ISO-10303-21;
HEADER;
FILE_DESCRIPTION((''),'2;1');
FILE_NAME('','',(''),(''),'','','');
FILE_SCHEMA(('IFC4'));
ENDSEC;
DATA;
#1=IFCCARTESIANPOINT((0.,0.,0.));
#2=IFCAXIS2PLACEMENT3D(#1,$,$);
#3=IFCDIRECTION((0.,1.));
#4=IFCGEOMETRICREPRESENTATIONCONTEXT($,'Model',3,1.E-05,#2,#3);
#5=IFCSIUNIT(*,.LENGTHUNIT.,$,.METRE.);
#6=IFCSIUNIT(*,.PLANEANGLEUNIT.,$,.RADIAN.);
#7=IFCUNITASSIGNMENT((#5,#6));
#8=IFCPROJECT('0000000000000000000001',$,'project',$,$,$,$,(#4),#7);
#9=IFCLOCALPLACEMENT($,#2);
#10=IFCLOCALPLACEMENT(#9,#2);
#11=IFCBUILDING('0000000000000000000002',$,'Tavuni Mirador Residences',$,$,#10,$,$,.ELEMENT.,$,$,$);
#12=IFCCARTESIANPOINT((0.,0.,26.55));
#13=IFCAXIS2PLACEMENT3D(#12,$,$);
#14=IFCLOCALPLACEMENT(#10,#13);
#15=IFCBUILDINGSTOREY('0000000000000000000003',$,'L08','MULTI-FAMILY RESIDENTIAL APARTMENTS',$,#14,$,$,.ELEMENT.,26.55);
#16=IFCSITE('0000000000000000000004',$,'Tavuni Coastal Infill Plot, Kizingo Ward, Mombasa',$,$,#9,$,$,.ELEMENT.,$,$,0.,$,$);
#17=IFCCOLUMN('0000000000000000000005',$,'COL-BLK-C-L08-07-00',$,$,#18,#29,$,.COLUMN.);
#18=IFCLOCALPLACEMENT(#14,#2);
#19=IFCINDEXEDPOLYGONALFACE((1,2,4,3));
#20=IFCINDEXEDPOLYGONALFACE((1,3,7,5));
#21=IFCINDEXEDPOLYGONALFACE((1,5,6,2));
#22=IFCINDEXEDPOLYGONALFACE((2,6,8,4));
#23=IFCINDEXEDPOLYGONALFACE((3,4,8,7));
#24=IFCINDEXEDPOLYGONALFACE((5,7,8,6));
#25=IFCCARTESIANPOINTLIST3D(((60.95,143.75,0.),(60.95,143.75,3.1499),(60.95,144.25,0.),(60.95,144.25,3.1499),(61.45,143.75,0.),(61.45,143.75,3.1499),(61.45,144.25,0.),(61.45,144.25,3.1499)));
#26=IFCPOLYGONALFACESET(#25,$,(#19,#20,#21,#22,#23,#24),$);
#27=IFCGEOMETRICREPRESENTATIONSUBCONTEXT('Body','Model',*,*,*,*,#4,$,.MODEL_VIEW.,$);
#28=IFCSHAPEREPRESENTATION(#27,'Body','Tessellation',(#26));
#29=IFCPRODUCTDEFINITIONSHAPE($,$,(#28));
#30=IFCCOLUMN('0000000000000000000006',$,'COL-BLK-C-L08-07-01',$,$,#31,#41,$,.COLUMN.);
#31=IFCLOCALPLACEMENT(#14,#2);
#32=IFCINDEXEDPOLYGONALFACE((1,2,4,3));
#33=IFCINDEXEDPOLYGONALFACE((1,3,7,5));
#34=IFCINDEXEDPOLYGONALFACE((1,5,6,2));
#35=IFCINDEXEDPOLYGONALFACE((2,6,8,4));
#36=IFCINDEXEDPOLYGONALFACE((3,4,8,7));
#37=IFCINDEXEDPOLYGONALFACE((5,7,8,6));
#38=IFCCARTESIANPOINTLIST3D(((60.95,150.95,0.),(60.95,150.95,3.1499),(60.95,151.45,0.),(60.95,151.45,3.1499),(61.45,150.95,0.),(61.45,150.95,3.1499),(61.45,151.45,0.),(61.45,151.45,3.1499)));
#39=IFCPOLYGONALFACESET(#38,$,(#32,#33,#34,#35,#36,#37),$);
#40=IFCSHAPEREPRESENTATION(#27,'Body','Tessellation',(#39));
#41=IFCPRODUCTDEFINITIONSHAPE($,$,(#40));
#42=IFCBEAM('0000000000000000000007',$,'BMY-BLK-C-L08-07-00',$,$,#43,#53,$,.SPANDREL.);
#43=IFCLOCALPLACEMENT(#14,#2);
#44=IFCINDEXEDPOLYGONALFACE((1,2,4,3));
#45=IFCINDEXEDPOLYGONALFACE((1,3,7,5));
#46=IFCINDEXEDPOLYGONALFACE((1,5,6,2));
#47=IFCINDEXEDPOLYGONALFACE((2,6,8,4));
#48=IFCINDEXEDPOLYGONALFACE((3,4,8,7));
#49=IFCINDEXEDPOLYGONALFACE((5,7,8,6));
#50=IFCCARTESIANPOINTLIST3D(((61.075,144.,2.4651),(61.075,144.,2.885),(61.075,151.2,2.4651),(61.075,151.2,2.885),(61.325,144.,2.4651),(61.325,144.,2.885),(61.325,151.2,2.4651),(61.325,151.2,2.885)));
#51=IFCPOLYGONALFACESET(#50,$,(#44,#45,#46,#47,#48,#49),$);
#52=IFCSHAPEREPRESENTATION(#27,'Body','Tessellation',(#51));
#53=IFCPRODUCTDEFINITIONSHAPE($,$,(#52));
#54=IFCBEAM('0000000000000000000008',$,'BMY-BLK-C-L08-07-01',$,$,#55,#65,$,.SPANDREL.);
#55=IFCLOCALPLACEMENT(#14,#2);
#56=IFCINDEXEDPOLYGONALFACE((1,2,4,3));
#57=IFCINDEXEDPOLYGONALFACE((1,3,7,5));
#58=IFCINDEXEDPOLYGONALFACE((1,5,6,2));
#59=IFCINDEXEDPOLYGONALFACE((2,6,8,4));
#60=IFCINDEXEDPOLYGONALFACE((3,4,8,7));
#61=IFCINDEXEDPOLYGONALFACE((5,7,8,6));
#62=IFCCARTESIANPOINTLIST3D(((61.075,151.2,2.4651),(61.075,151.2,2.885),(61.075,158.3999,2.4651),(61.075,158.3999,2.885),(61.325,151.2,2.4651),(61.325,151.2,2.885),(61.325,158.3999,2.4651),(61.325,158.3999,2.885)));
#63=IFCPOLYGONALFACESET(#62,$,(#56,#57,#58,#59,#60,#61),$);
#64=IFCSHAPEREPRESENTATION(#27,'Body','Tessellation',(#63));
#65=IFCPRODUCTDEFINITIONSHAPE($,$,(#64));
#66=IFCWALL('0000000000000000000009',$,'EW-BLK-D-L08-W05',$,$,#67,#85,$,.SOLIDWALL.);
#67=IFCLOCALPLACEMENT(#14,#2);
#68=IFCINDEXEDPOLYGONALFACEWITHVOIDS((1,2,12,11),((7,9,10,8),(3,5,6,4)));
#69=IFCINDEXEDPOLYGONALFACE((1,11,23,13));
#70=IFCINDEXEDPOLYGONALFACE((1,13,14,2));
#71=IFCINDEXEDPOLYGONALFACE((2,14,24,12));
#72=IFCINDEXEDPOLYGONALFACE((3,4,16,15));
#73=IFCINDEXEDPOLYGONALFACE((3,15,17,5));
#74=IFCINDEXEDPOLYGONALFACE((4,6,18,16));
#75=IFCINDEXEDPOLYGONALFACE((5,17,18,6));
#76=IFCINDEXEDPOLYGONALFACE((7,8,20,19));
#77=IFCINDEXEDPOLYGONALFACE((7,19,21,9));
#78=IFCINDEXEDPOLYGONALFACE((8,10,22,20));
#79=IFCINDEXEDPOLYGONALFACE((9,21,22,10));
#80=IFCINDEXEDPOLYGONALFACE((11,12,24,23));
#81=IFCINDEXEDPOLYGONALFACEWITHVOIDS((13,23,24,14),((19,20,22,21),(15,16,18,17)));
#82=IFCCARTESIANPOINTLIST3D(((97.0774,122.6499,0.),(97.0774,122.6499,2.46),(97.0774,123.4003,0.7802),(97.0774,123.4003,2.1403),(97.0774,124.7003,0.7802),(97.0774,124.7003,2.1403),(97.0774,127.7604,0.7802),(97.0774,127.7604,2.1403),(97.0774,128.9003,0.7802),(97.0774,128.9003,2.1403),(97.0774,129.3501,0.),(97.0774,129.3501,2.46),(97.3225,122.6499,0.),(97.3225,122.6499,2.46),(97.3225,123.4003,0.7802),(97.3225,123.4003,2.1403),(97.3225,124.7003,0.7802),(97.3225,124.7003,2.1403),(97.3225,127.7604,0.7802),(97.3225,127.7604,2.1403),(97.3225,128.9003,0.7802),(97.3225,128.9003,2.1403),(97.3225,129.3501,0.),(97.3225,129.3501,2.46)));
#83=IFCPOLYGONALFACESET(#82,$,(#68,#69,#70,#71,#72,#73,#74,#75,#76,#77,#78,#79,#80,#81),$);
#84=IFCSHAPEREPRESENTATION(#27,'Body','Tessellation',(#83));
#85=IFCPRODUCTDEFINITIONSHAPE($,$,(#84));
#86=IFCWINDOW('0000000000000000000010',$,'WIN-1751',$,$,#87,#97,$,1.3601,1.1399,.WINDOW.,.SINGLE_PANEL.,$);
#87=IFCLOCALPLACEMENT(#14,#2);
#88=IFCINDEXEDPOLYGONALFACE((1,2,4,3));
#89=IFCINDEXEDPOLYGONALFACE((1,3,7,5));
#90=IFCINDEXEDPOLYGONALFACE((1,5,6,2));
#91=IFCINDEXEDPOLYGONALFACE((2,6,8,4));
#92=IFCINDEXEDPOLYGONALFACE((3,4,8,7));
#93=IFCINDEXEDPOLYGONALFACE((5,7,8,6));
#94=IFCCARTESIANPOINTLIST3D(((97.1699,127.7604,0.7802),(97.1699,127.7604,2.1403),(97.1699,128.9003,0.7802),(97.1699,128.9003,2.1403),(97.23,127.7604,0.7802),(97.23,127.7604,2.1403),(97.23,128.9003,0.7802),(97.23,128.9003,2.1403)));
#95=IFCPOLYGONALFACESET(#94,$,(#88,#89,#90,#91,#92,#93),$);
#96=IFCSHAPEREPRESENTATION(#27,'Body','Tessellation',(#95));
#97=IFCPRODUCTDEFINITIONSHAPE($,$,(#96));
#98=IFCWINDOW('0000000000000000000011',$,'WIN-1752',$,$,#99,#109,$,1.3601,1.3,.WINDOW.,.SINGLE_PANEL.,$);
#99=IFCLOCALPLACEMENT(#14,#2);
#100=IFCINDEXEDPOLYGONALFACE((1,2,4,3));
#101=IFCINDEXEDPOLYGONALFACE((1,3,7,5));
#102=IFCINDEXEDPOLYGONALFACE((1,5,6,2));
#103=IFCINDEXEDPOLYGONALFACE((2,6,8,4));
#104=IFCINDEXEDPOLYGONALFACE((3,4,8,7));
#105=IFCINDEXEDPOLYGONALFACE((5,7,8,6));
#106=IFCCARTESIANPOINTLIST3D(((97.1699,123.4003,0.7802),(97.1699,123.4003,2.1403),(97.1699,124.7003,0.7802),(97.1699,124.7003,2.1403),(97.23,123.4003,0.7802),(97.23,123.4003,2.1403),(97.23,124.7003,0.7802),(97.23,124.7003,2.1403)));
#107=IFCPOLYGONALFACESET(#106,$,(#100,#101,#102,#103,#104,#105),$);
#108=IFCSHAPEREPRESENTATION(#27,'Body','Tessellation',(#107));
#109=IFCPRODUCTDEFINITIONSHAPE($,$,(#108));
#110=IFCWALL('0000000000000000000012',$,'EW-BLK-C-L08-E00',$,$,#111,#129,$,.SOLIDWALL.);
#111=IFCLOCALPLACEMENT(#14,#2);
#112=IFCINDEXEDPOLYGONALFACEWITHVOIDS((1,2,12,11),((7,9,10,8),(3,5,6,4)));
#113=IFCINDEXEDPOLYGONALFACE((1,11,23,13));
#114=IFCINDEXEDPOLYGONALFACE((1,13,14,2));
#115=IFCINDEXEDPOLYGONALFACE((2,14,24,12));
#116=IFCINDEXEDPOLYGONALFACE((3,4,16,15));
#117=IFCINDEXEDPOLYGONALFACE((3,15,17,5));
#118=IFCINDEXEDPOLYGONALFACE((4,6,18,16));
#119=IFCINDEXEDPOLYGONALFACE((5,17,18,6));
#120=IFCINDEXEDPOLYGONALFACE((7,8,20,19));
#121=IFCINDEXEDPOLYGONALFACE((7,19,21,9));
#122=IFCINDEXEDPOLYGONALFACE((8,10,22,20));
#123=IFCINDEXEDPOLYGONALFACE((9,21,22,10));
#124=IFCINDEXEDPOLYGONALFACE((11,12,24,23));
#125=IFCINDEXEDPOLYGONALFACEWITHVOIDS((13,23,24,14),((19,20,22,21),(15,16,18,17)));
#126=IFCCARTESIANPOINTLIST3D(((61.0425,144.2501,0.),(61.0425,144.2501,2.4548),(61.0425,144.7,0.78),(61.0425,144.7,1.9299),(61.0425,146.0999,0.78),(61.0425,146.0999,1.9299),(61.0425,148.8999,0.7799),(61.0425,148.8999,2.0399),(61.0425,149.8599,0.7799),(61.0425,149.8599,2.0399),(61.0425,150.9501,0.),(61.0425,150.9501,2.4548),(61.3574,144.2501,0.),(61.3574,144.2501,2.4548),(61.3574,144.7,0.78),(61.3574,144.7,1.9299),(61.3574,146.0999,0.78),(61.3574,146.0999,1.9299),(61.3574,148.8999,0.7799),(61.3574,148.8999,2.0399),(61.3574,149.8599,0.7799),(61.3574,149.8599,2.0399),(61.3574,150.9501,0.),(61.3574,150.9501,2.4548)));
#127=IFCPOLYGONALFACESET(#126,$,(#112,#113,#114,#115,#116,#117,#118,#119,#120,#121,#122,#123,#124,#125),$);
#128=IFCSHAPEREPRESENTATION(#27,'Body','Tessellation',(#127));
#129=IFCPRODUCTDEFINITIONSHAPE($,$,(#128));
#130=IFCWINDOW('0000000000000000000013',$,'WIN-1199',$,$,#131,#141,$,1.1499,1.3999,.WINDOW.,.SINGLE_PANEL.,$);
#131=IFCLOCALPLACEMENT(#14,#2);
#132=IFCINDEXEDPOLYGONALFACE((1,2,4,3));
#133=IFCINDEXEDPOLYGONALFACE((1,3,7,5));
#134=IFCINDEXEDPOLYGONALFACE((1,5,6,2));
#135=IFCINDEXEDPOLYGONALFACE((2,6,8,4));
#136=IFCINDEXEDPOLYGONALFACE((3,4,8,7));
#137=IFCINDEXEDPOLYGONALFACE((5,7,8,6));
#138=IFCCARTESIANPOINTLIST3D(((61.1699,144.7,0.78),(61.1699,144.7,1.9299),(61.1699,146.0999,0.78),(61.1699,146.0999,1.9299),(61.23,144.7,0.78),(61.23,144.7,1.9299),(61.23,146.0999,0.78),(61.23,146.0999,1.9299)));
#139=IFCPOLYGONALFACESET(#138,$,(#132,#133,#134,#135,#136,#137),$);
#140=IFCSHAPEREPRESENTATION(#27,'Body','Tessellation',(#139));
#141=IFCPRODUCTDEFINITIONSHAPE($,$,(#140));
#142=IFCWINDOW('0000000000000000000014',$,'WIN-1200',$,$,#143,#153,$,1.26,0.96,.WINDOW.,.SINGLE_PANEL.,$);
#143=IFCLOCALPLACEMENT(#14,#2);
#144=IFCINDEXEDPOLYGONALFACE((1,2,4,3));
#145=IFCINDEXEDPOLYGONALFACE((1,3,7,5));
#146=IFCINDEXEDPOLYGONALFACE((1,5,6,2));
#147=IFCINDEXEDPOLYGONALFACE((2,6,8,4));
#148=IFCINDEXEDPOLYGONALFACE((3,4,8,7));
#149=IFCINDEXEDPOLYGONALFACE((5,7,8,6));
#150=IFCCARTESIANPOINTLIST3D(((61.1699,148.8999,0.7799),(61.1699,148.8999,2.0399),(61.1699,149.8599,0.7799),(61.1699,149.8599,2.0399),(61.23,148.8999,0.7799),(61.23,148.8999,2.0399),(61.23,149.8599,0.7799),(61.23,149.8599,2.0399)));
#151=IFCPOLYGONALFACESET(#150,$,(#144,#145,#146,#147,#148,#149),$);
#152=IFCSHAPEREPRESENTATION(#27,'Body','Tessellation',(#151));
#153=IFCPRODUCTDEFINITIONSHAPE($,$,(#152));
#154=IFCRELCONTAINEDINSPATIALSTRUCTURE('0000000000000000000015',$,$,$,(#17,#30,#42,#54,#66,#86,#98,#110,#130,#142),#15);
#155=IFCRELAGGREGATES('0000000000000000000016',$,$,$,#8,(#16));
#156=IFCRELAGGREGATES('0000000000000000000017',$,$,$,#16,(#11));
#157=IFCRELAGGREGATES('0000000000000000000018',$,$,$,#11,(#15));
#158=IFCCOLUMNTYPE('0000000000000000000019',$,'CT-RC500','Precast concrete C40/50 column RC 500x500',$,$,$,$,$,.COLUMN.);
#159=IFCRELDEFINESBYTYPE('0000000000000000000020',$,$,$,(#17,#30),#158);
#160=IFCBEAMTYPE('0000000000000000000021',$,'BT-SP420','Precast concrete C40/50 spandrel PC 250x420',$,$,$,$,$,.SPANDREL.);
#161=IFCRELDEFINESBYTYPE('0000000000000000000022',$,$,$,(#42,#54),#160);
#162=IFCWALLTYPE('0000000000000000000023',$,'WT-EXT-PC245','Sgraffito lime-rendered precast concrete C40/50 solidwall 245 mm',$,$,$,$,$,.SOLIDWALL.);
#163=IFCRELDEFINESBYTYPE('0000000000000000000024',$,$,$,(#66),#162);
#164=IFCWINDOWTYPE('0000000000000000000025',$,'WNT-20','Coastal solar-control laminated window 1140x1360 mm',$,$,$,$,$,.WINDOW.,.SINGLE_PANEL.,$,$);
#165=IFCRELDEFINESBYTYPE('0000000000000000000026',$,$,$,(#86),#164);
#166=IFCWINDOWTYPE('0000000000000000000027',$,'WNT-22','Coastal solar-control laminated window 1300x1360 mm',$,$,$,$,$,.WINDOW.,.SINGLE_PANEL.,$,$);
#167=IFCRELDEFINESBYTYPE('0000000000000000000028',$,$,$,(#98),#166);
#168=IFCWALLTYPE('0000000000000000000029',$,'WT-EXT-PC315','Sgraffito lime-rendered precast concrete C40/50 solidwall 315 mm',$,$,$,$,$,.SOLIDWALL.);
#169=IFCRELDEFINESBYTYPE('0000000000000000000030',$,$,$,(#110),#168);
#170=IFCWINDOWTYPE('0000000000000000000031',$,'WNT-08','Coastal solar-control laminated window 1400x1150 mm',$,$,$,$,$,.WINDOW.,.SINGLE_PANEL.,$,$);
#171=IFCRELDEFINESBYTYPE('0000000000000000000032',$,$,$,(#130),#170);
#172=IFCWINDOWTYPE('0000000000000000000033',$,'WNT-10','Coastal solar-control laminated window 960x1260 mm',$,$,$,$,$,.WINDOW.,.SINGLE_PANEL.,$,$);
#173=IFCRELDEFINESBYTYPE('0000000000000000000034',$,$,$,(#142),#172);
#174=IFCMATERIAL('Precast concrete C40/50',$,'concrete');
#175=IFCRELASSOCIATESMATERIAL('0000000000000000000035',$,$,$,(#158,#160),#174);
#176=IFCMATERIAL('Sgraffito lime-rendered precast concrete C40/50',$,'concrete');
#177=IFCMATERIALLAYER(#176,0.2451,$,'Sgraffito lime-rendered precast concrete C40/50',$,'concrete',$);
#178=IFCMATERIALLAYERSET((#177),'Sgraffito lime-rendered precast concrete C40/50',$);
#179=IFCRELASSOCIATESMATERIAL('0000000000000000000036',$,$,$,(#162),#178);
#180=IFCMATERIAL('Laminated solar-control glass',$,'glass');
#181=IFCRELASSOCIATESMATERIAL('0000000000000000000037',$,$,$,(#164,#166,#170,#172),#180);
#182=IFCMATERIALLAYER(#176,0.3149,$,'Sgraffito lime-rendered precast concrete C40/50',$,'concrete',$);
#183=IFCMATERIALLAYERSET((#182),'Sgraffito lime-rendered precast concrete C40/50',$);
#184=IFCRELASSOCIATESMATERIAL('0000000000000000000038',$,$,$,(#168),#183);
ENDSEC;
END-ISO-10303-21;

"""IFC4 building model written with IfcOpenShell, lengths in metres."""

from ifc_helpers import new_model, si_unit, direction, frame, frame_2d, origin, origin_2d, place, context, subcontext, project, spatial, rectangle, extrude, material, layer, layer_set, material_profile, profile_set, type_object, element, fill, save


model = new_model("IFC4")

# Units and contexts
model_context = context("Model", 3, precision=1e-05, world=origin(), true_north=direction((0.0, 1.0)))
body_context = subcontext(model_context, "Body", "Model", "MODEL_VIEW")
ifc_project = project(units=[si_unit("LENGTHUNIT", "METRE"), si_unit("PLANEANGLEUNIT", "RADIAN")], contexts=[model_context])

# Site, building, storey
site_placement = place(None, origin())
site = spatial("IfcSite", under=ifc_project, at=site_placement, Name="Tavuni Coastal Infill Plot, Kizingo Ward, Mombasa", CompositionType="ELEMENT", RefElevation=0.0)
building_placement = place(site_placement, origin())
building = spatial("IfcBuilding", under=site, at=building_placement, Name="Tavuni Mirador Residences", CompositionType="ELEMENT")
storey_placement = place(building_placement, frame((0.0, 0.0, 26.55)))
storey = spatial("IfcBuildingStorey", under=building, at=storey_placement, Name="L08", Description="MULTI-FAMILY RESIDENTIAL APARTMENTS", CompositionType="ELEMENT", Elevation=26.55)

# Columns
ifc_material_1 = material(Name="Precast concrete C40/50", Category="concrete")
ifc_material_profile_1 = material_profile(ifc_material_1, rectangle(XDim=0.5, YDim=0.5, at=origin_2d()), Name="RC 500x500", Category="concrete")
ifc_profile_set_1 = profile_set([ifc_material_profile_1], Name="Precast concrete C40/50")
column_type = type_object("IfcColumnType", Name="CT-RC500", Description="Precast concrete C40/50 column RC 500x500", PredefinedType="COLUMN", material=ifc_profile_set_1)
for number, where, z_axis, x_axis, name in (
    (1, (61.2, 144.0, 0.0), (0.0, 0.0, 1.0), (1.0, 0.0, 0.0), "COL-BLK-C-L08-07-00"),
    (2, (61.2, 151.2, 0.0), (0.0, 0.0, 1.0), (1.0, 0.0, 0.0), "COL-BLK-C-L08-07-01"),
):
    element("IfcColumn", number, at=place(storey_placement, frame(where, z_axis=z_axis, x_axis=x_axis)), inside=storey, type_object=column_type, Name=name, PredefinedType="COLUMN", context=body_context, shape_type="SweptSolid", body=[
        extrude(rectangle(XDim=0.5, YDim=0.5, at=origin_2d()), origin(), (0.0, 0.0, 1.0), 3.1499),
    ])

# Beams
ifc_material_profile_2 = material_profile(ifc_material_1, rectangle(XDim=0.25, YDim=0.4199, at=origin_2d()), Name="PC 250x420", Category="concrete")
ifc_profile_set_2 = profile_set([ifc_material_profile_2], Name="Precast concrete C40/50")
beam_type = type_object("IfcBeamType", Name="BT-SP420", Description="Precast concrete C40/50 spandrel PC 250x420", PredefinedType="SPANDREL", material=ifc_profile_set_2)
for number, where, z_axis, x_axis, name in (
    (3, (61.2, 144.0, 2.675), (0.0, 1.0, 0.0), (-1.0, 0.0, 0.0), "BMY-BLK-C-L08-07-00"),
    (4, (61.2, 151.2, 2.675), (0.0, 1.0, 0.0), (-1.0, 0.0, 0.0), "BMY-BLK-C-L08-07-01"),
):
    element("IfcBeam", number, at=place(storey_placement, frame(where, z_axis=z_axis, x_axis=x_axis)), inside=storey, type_object=beam_type, Name=name, PredefinedType="SPANDREL", context=body_context, shape_type="SweptSolid", body=[
        extrude(rectangle(XDim=0.25, YDim=0.4199, at=origin_2d()), origin(), (0.0, 0.0, 1.0), 7.2),
    ])

# Wall, openings, windows
ifc_material_2 = material(Name="Sgraffito lime-rendered precast concrete C40/50", Category="concrete")
ifc_layer_1 = layer(ifc_material_2, 0.2451, Name="Sgraffito lime-rendered precast concrete C40/50", Category="concrete")
ifc_layer_set_1 = layer_set([ifc_layer_1], Name="Sgraffito lime-rendered precast concrete C40/50")
wall_type_1 = type_object("IfcWallType", Name="WT-EXT-PC245", Description="Sgraffito lime-rendered precast concrete C40/50 solidwall 245 mm", PredefinedType="SOLIDWALL", material=ifc_layer_set_1)
wall_1_placement = place(storey_placement, frame((97.2, 129.3501, 0.0), z_axis=(0.0, 0.0, 1.0), x_axis=(0.0, -1.0, 0.0)))
wall_1 = element("IfcWall", 5, at=wall_1_placement, inside=storey, type_object=wall_type_1, Name="EW-BLK-D-L08-W05", PredefinedType="SOLIDWALL", context=body_context, shape_type="SweptSolid", body=[
    extrude(rectangle(XDim=6.7002, YDim=0.2451, at=frame_2d((3.3501, 0.0))), origin(), (0.0, 0.0, 1.0), 2.46),
])
opening_1_placement = place(wall_1_placement, frame((0.45, 0.0, 0.78)))
opening_1 = element("IfcOpeningElement", 6, at=opening_1_placement, cuts=wall_1, PredefinedType="OPENING", context=body_context, shape_type="SweptSolid", body=[
    extrude(rectangle(XDim=1.1399, YDim=1.3601, at=frame_2d((0.5698, 0.6802))), frame((0.0, 0.1326, 0.0), z_axis=(0.0, -1.0, 0.0), x_axis=(1.0, 0.0, 0.0)), (0.0, 0.0, 1.0), 0.2651),
])
opening_2_placement = place(wall_1_placement, frame((4.6499, 0.0, 0.78)))
opening_2 = element("IfcOpeningElement", 7, at=opening_2_placement, cuts=wall_1, PredefinedType="OPENING", context=body_context, shape_type="SweptSolid", body=[
    extrude(rectangle(XDim=1.3, YDim=1.3601, at=frame_2d((0.6499, 0.6802))), frame((0.0, 0.1326, 0.0), z_axis=(0.0, -1.0, 0.0), x_axis=(1.0, 0.0, 0.0)), (0.0, 0.0, 1.0), 0.2651),
])
ifc_material_3 = material(Name="Laminated solar-control glass", Category="glass")
window_type_1 = type_object("IfcWindowType", Name="WNT-20", Description="Coastal solar-control laminated window 1140x1360 mm", PartitioningType="SINGLE_PANEL", PredefinedType="WINDOW", material=ifc_material_3)
window_1_placement = place(opening_1_placement, origin())
window_1 = element("IfcWindow", 8, at=window_1_placement, inside=storey, type_object=window_type_1, Name="WIN-1751", OverallHeight=1.3601, OverallWidth=1.1399, PartitioningType="SINGLE_PANEL", PredefinedType="WINDOW", context=body_context, shape_type="SweptSolid", body=[
    extrude(rectangle(XDim=1.1399, YDim=1.3601, at=frame_2d((0.5698, 0.6802))), frame((0.0, 0.03, 0.0), z_axis=(0.0, -1.0, 0.0), x_axis=(1.0, 0.0, 0.0)), (0.0, 0.0, 1.0), 0.0601),
])
fill(opening_1, window_1)
window_type_2 = type_object("IfcWindowType", Name="WNT-22", Description="Coastal solar-control laminated window 1300x1360 mm", PartitioningType="SINGLE_PANEL", PredefinedType="WINDOW", material=ifc_material_3)
window_2_placement = place(opening_2_placement, origin())
window_2 = element("IfcWindow", 9, at=window_2_placement, inside=storey, type_object=window_type_2, Name="WIN-1752", OverallHeight=1.3601, OverallWidth=1.3, PartitioningType="SINGLE_PANEL", PredefinedType="WINDOW", context=body_context, shape_type="SweptSolid", body=[
    extrude(rectangle(XDim=1.3, YDim=1.3601, at=frame_2d((0.6499, 0.6802))), frame((0.0, 0.03, 0.0), z_axis=(0.0, -1.0, 0.0), x_axis=(1.0, 0.0, 0.0)), (0.0, 0.0, 1.0), 0.0601),
])
fill(opening_2, window_2)

# Wall, openings, windows
ifc_layer_2 = layer(ifc_material_2, 0.3149, Name="Sgraffito lime-rendered precast concrete C40/50", Category="concrete")
ifc_layer_set_2 = layer_set([ifc_layer_2], Name="Sgraffito lime-rendered precast concrete C40/50")
wall_type_2 = type_object("IfcWallType", Name="WT-EXT-PC315", Description="Sgraffito lime-rendered precast concrete C40/50 solidwall 315 mm", PredefinedType="SOLIDWALL", material=ifc_layer_set_2)
wall_2_placement = place(storey_placement, frame((61.2, 144.25, 0.0), z_axis=(0.0, 0.0, 1.0), x_axis=(0.0, 1.0, 0.0)))
wall_2 = element("IfcWall", 10, at=wall_2_placement, inside=storey, type_object=wall_type_2, Name="EW-BLK-C-L08-E00", PredefinedType="SOLIDWALL", context=body_context, shape_type="SweptSolid", body=[
    extrude(rectangle(XDim=6.7, YDim=0.3149, at=frame_2d((3.3501, 0.0))), origin(), (0.0, 0.0, 1.0), 2.4548),
])
opening_3_placement = place(wall_2_placement, frame((0.45, 0.0, 0.78)))
opening_3 = element("IfcOpeningElement", 11, at=opening_3_placement, cuts=wall_2, PredefinedType="OPENING", context=body_context, shape_type="SweptSolid", body=[
    extrude(rectangle(XDim=1.3999, YDim=1.1499, at=frame_2d((0.7, 0.575))), frame((0.0, 0.1675, 0.0), z_axis=(0.0, -1.0, 0.0), x_axis=(1.0, 0.0, 0.0)), (0.0, 0.0, 1.0), 0.335),
])
opening_4_placement = place(wall_2_placement, frame((4.6499, 0.0, 0.78)))
opening_4 = element("IfcOpeningElement", 12, at=opening_4_placement, cuts=wall_2, PredefinedType="OPENING", context=body_context, shape_type="SweptSolid", body=[
    extrude(rectangle(XDim=0.96, YDim=1.26, at=frame_2d((0.48, 0.6299))), frame((0.0, 0.1675, 0.0), z_axis=(0.0, -1.0, 0.0), x_axis=(1.0, 0.0, 0.0)), (0.0, 0.0, 1.0), 0.335),
])
window_type_3 = type_object("IfcWindowType", Name="WNT-08", Description="Coastal solar-control laminated window 1400x1150 mm", PartitioningType="SINGLE_PANEL", PredefinedType="WINDOW", material=ifc_material_3)
window_3_placement = place(opening_3_placement, origin())
window_3 = element("IfcWindow", 13, at=window_3_placement, inside=storey, type_object=window_type_3, Name="WIN-1199", OverallHeight=1.1499, OverallWidth=1.3999, PartitioningType="SINGLE_PANEL", PredefinedType="WINDOW", context=body_context, shape_type="SweptSolid", body=[
    extrude(rectangle(XDim=1.3999, YDim=1.1499, at=frame_2d((0.7, 0.575))), frame((0.0, 0.03, 0.0), z_axis=(0.0, -1.0, 0.0), x_axis=(1.0, 0.0, 0.0)), (0.0, 0.0, 1.0), 0.0601),
])
fill(opening_3, window_3)
window_type_4 = type_object("IfcWindowType", Name="WNT-10", Description="Coastal solar-control laminated window 960x1260 mm", PartitioningType="SINGLE_PANEL", PredefinedType="WINDOW", material=ifc_material_3)
window_4_placement = place(opening_4_placement, origin())
window_4 = element("IfcWindow", 14, at=window_4_placement, inside=storey, type_object=window_type_4, Name="WIN-1200", OverallHeight=1.26, OverallWidth=0.96, PartitioningType="SINGLE_PANEL", PredefinedType="WINDOW", context=body_context, shape_type="SweptSolid", body=[
    extrude(rectangle(XDim=0.96, YDim=1.26, at=frame_2d((0.48, 0.6299))), frame((0.0, 0.03, 0.0), z_axis=(0.0, -1.0, 0.0), x_axis=(1.0, 0.0, 0.0)), (0.0, 0.0, 1.0), 0.0601),
])
fill(opening_4, window_4)

save(model, "model.ifc")
